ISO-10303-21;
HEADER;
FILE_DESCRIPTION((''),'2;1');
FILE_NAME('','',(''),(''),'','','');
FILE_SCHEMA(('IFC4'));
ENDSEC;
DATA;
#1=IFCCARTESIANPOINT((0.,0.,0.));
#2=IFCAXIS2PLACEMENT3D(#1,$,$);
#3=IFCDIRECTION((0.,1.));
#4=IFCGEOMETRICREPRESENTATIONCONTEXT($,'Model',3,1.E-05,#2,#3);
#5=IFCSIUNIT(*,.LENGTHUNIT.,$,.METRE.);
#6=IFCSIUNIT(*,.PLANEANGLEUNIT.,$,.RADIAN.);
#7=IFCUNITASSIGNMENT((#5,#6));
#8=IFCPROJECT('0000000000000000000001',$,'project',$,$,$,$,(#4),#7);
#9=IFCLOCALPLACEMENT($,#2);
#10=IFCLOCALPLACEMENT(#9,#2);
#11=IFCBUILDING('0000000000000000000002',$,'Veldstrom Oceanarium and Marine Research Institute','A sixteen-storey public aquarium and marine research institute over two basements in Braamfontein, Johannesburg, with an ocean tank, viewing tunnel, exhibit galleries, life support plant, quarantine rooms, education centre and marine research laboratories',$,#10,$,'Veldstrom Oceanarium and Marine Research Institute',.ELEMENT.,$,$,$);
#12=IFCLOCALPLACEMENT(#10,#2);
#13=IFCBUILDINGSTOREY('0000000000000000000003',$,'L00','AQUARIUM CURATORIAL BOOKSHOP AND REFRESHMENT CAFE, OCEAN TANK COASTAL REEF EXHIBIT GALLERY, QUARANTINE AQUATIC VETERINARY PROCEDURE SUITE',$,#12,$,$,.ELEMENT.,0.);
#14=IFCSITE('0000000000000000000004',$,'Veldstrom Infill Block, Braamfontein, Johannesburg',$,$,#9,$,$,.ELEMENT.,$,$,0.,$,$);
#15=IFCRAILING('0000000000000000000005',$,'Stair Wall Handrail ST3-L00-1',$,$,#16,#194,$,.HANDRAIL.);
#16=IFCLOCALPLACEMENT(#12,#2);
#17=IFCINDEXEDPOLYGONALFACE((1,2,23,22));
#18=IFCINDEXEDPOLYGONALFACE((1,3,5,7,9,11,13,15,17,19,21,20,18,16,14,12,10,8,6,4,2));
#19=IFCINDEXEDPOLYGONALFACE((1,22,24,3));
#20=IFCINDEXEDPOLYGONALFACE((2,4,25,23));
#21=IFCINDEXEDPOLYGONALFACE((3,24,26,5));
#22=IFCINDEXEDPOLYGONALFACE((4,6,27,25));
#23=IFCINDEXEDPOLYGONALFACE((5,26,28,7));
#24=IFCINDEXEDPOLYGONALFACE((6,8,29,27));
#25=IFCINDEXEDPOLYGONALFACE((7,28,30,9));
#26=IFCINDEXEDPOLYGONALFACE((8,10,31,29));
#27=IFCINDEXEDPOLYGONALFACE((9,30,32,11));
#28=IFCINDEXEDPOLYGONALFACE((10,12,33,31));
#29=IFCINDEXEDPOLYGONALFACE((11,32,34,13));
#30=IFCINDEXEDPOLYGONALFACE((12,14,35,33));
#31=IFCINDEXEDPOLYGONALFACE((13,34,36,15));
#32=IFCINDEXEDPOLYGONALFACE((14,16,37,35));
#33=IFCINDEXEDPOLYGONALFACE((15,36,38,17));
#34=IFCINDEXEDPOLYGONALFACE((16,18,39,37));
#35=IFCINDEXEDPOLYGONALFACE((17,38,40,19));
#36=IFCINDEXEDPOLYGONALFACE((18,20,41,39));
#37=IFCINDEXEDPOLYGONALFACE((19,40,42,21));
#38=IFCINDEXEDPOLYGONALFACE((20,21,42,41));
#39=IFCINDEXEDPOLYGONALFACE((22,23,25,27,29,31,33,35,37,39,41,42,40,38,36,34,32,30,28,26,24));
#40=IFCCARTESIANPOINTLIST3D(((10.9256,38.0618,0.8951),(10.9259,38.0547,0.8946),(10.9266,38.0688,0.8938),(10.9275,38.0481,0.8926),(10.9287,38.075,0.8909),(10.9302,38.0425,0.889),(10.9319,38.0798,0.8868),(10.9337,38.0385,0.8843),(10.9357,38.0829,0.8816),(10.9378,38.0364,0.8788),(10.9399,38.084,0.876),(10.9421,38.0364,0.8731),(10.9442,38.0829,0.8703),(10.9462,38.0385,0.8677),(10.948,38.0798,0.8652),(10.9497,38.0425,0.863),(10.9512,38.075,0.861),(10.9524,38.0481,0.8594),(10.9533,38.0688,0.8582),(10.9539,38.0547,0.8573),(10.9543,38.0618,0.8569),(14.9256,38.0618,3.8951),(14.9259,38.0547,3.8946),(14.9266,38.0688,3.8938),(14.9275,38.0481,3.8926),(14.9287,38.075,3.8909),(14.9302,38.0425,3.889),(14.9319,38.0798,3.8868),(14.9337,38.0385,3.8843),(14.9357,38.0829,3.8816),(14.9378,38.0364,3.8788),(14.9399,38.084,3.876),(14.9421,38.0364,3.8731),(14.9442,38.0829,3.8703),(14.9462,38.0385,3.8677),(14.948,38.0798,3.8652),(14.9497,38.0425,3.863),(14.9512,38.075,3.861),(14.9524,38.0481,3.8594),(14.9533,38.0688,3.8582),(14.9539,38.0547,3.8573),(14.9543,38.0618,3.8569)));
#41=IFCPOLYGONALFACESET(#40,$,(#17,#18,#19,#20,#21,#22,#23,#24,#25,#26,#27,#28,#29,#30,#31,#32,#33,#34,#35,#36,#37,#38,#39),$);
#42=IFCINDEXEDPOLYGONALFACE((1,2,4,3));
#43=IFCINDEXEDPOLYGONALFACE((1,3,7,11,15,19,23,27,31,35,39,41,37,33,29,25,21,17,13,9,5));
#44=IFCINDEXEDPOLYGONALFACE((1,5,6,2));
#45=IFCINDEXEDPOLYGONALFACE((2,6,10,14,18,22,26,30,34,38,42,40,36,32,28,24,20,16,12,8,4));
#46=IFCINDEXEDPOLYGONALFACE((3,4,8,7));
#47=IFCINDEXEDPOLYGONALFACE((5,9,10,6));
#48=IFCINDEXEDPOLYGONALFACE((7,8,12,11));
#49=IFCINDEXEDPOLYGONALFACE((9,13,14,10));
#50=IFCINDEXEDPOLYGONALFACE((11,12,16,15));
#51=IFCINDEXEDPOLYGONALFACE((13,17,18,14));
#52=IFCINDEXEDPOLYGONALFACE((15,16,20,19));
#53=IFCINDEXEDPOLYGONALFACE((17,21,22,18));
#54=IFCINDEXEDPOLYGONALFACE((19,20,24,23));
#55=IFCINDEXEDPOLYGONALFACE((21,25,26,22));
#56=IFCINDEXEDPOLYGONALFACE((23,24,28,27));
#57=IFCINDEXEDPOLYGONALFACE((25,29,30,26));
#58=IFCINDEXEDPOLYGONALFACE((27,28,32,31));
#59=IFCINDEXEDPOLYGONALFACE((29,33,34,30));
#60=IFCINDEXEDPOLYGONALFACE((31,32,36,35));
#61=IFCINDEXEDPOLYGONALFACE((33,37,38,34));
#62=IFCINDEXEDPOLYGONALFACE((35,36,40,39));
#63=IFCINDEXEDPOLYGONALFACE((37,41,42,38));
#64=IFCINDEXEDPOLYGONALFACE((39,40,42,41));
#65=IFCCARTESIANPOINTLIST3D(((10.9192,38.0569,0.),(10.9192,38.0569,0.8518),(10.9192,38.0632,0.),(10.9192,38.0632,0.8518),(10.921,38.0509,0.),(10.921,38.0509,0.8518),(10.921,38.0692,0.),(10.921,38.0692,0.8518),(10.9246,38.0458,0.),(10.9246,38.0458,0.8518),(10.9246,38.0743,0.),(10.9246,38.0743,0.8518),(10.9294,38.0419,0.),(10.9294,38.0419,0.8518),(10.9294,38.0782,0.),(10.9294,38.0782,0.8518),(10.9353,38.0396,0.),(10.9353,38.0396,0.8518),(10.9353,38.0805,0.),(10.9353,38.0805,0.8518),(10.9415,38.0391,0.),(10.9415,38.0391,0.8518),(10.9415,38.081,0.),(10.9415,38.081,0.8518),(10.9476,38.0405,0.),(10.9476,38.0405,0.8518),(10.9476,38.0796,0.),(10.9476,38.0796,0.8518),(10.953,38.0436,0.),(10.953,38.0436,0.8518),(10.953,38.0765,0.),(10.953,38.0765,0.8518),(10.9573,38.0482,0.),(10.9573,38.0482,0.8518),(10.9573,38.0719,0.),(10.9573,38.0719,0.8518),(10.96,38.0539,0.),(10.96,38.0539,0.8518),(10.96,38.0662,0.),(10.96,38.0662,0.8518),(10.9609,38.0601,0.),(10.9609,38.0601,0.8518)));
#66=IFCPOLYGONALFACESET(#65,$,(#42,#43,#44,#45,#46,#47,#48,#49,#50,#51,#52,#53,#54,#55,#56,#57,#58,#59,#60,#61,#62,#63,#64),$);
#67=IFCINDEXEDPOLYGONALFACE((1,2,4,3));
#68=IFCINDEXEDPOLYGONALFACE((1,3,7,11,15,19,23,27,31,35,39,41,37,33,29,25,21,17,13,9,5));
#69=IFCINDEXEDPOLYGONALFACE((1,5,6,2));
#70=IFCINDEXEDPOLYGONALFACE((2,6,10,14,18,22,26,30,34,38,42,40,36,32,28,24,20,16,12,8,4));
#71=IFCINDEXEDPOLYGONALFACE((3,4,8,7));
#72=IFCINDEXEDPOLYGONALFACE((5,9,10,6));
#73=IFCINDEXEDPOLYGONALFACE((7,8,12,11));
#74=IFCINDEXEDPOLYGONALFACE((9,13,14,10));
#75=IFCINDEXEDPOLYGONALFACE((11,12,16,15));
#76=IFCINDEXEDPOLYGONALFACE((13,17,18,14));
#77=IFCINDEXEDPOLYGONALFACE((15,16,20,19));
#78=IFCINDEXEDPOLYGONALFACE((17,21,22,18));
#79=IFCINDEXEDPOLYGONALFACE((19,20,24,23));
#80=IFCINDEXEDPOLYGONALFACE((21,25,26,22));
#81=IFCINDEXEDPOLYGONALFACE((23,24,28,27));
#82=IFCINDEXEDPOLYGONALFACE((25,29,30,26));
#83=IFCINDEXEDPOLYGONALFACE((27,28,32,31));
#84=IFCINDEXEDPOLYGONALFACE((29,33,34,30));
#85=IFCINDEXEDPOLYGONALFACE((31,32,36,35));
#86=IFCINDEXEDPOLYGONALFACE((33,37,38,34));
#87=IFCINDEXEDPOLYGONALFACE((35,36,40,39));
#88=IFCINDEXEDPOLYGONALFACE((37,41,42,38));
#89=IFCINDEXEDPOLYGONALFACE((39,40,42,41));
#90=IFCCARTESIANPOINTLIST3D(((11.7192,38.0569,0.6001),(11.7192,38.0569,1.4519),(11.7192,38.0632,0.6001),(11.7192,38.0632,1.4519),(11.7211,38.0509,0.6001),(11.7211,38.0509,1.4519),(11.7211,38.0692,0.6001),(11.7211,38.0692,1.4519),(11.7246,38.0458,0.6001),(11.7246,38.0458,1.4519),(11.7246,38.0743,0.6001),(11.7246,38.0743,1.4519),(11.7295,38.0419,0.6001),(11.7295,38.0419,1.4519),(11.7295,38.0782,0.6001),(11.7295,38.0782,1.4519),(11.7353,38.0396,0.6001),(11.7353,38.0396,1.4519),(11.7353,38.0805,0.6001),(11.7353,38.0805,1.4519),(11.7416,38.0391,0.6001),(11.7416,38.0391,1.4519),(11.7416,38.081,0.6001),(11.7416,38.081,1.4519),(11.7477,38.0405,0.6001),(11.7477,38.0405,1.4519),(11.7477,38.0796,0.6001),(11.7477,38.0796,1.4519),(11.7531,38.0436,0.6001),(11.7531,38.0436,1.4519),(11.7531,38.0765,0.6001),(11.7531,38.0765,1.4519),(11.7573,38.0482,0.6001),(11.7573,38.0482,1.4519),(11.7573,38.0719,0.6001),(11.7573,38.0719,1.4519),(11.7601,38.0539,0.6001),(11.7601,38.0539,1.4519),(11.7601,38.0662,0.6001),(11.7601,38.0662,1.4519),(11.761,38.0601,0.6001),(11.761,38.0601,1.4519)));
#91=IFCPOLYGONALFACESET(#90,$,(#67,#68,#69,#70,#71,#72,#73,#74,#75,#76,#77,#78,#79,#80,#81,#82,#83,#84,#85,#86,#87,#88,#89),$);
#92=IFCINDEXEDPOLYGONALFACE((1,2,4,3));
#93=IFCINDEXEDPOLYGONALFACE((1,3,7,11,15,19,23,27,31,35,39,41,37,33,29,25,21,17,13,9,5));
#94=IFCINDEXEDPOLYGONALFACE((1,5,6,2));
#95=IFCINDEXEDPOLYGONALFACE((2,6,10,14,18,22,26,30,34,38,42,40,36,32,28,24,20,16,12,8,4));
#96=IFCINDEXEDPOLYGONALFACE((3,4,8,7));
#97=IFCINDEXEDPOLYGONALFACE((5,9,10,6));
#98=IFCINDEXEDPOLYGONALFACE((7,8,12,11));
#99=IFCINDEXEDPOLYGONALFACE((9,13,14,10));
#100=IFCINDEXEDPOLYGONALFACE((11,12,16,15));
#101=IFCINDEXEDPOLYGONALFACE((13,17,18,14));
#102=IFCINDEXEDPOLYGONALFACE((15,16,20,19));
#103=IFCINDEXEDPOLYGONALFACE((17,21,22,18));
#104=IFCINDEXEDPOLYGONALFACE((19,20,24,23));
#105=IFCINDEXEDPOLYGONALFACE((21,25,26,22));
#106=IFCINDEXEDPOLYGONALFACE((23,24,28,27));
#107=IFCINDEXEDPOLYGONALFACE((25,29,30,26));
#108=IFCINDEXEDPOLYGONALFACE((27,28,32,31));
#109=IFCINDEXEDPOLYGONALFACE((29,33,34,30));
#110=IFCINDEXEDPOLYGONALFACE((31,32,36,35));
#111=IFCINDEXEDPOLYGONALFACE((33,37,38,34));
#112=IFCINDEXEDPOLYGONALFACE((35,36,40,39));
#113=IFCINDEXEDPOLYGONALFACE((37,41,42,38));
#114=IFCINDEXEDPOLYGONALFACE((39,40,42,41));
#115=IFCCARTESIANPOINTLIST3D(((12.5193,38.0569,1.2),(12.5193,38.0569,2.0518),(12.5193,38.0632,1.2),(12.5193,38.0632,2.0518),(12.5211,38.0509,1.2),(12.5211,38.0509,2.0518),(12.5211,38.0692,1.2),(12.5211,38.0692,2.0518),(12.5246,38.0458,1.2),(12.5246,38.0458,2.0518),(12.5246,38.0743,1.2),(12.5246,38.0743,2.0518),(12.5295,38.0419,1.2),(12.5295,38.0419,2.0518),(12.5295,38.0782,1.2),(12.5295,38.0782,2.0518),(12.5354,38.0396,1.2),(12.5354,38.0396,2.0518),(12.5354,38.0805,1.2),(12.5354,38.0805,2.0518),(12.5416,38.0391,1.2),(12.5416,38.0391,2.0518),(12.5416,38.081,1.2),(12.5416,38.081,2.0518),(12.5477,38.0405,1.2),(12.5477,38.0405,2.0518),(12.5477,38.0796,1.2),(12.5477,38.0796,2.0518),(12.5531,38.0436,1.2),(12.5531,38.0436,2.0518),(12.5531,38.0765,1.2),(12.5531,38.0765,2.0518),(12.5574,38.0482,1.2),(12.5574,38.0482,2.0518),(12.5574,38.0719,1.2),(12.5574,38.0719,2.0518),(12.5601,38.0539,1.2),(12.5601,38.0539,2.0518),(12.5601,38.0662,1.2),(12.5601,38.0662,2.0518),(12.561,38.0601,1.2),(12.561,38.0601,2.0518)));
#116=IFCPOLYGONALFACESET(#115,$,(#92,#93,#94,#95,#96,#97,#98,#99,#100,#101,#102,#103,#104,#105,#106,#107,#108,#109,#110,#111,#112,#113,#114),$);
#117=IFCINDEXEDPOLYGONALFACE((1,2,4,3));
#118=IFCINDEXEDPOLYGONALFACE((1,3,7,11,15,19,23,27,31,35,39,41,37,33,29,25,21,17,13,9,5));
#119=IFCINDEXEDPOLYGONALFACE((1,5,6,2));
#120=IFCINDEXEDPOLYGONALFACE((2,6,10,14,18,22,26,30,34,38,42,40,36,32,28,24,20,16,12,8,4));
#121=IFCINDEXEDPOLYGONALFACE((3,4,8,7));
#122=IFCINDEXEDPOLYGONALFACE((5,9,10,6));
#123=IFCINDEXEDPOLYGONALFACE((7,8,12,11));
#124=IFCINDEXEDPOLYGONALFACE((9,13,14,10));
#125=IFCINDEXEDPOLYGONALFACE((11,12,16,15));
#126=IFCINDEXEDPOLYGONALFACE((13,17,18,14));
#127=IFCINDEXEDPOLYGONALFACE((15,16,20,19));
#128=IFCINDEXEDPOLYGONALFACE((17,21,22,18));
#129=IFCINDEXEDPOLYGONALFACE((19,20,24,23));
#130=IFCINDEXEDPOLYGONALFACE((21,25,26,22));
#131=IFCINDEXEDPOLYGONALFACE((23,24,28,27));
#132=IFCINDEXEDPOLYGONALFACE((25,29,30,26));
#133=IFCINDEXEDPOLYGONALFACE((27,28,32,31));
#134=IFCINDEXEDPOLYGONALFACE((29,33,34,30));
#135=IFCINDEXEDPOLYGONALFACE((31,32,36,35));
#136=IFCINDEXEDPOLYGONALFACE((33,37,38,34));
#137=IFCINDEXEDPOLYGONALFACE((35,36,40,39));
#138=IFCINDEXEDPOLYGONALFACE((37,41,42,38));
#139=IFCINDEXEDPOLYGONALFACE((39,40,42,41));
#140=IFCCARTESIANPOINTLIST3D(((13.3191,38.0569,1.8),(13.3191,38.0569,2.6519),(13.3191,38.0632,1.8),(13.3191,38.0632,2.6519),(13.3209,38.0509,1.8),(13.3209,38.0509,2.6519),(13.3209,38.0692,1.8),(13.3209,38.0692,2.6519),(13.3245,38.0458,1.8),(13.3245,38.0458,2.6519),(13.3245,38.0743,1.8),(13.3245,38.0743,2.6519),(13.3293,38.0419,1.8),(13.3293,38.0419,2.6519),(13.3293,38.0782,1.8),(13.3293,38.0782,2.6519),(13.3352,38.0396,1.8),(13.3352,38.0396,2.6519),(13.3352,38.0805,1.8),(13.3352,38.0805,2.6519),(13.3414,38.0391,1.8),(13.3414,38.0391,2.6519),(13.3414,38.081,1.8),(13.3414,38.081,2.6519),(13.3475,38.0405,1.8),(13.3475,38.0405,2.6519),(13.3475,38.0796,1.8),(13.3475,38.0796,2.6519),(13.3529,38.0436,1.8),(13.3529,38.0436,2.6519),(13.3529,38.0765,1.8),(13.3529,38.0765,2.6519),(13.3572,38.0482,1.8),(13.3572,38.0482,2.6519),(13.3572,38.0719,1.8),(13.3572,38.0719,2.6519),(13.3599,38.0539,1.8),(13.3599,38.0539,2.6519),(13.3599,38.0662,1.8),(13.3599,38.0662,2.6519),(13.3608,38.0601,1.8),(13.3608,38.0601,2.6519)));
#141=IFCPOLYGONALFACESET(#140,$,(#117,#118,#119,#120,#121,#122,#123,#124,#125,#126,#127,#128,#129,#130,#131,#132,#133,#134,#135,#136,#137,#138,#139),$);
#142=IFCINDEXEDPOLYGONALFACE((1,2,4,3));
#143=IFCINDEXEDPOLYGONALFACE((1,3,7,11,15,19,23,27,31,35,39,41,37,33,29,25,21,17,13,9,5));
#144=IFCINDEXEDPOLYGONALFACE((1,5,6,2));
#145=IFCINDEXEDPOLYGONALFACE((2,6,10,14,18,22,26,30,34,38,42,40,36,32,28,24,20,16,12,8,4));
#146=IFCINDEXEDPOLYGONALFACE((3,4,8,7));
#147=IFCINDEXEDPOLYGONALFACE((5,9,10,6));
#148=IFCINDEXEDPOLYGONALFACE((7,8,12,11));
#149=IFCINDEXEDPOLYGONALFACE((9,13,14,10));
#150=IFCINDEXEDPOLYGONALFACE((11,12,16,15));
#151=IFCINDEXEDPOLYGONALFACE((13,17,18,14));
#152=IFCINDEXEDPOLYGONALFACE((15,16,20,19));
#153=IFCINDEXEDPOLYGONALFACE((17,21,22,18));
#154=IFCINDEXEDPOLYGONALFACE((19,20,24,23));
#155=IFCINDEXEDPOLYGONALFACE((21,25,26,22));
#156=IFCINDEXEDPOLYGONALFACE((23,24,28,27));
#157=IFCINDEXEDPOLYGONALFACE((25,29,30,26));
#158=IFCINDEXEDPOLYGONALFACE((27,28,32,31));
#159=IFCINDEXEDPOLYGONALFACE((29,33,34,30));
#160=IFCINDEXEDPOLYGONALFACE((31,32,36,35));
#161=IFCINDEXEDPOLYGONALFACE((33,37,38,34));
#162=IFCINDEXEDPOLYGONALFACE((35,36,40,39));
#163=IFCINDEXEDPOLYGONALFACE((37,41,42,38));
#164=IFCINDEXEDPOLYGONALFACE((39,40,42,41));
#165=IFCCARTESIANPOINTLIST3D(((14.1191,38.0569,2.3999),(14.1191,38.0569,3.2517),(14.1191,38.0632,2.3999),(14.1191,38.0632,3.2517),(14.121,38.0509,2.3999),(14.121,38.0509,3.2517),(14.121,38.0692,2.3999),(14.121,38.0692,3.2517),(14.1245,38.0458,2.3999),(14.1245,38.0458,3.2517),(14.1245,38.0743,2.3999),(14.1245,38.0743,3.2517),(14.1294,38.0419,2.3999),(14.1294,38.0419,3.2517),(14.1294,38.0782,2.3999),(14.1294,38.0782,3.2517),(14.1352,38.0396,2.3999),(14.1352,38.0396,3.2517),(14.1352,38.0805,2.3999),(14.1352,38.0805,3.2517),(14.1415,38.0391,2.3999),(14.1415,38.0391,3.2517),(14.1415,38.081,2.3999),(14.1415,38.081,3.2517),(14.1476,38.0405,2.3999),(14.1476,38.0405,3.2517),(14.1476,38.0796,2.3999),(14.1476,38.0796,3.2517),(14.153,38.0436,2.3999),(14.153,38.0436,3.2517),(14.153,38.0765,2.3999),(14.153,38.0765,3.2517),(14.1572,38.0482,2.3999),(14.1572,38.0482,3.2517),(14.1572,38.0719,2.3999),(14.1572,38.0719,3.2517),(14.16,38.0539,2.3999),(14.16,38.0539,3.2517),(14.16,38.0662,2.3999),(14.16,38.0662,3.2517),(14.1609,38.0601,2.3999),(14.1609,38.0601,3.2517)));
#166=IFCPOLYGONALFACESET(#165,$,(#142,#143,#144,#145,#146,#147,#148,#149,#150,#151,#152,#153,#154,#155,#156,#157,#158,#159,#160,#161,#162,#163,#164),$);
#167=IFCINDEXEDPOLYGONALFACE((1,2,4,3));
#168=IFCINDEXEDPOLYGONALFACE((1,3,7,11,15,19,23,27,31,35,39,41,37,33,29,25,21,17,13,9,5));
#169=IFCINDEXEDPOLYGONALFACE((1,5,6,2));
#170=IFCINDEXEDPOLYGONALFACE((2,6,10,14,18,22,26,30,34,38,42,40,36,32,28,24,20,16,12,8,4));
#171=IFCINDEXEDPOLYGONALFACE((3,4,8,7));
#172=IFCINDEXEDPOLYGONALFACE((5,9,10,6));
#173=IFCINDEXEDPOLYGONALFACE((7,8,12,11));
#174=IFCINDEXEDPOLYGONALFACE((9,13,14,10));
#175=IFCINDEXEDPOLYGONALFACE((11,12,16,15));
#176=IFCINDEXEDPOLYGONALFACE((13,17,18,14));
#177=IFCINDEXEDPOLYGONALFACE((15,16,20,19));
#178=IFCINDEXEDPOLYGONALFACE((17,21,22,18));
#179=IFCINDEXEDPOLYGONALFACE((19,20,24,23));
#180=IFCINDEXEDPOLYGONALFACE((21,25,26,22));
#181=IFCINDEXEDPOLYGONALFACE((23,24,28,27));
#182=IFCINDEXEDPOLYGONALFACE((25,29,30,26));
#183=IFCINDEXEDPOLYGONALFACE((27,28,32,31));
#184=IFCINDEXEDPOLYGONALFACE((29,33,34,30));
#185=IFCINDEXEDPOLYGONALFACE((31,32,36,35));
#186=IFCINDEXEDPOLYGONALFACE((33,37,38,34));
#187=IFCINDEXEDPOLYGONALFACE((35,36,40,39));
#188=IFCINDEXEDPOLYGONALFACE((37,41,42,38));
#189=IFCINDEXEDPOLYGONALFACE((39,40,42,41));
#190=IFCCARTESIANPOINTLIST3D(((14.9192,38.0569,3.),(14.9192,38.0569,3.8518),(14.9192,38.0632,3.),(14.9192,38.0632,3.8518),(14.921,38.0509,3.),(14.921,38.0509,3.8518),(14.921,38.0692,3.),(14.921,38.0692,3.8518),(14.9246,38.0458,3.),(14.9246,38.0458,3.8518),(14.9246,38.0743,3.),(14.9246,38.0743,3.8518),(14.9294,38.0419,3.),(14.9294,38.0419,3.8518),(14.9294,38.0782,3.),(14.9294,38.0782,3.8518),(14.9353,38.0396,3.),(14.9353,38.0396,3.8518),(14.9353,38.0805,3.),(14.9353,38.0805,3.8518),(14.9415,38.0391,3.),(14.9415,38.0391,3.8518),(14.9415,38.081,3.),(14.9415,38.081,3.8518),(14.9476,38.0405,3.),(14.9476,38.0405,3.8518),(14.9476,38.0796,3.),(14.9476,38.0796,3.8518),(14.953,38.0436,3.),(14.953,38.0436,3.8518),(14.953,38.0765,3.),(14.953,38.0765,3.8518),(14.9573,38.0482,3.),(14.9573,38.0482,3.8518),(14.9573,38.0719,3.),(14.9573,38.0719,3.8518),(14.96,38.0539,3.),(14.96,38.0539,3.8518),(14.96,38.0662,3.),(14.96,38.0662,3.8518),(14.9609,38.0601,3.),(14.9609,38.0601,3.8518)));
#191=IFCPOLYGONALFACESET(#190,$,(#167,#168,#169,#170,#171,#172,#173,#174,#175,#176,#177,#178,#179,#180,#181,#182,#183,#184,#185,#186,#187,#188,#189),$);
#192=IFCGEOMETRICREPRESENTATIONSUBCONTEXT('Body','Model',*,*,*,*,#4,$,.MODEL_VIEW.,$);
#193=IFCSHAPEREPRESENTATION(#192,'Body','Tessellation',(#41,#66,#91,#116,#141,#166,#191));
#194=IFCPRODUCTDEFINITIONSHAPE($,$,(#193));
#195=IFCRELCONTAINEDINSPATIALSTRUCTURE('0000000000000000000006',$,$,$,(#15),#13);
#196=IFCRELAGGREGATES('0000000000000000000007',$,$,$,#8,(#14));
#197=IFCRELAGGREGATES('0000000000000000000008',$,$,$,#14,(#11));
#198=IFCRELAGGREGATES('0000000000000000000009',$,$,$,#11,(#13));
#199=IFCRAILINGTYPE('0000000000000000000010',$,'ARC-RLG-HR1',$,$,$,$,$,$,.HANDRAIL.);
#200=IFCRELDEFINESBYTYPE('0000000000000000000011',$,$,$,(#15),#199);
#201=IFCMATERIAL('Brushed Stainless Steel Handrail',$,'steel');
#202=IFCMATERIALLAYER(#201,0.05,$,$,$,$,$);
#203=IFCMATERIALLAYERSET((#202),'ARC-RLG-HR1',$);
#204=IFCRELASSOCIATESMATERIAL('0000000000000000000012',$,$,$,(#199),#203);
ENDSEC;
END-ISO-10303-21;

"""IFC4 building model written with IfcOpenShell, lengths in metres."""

from ifc_helpers import new_model, si_unit, direction, frame, origin, origin_2d, place, context, subcontext, project, spatial, circle, extrude, material, layer, layer_set, type_object, element, save


model = new_model("IFC4")

# Units and contexts
model_context = context("Model", 3, precision=1e-05, world=origin(), true_north=direction((0.0, 1.0)))
body_context = subcontext(model_context, "Body", "Model", "MODEL_VIEW")
ifc_project = project(units=[si_unit("LENGTHUNIT", "METRE"), si_unit("PLANEANGLEUNIT", "RADIAN")], contexts=[model_context])

# Site, building, storey
site_placement = place(None, origin())
site = spatial("IfcSite", under=ifc_project, at=site_placement, Name="Veldstrom Infill Block, Braamfontein, Johannesburg", CompositionType="ELEMENT", RefElevation=0.0)
building_placement = place(site_placement, origin())
building = spatial("IfcBuilding", under=site, at=building_placement, Name="Veldstrom Oceanarium and Marine Research Institute", Description="A sixteen-storey public aquarium and marine research institute over two basements in Braamfontein, Johannesburg, with an ocean tank, viewing tunnel, exhibit galleries, life support plant, quarantine rooms, education centre and marine research laboratories", LongName="Veldstrom Oceanarium and Marine Research Institute", CompositionType="ELEMENT")
storey_placement = place(building_placement, origin())
storey = spatial("IfcBuildingStorey", under=building, at=storey_placement, Name="L00", Description="AQUARIUM CURATORIAL BOOKSHOP AND REFRESHMENT CAFE, OCEAN TANK COASTAL REEF EXHIBIT GALLERY, QUARANTINE AQUATIC VETERINARY PROCEDURE SUITE", CompositionType="ELEMENT", Elevation=0.0)

# Railing
ifc_material_1 = material(Name="Brushed Stainless Steel Handrail", Category="steel")
ifc_layer_1 = layer(ifc_material_1, 0.05)
ifc_layer_set_1 = layer_set([ifc_layer_1], Name="ARC-RLG-HR1")
railing_type_1 = type_object("IfcRailingType", Name="ARC-RLG-HR1", PredefinedType="HANDRAIL", material=ifc_layer_set_1)
railing_1_placement = place(storey_placement, frame((10.9399, 38.0601, 0.0)))
element("IfcRailing", 1, at=railing_1_placement, inside=storey, type_object=railing_type_1, Name="Stair Wall Handrail ST3-L00-1", PredefinedType="HANDRAIL", context=body_context, shape_type="SweptSolid", body=[
    extrude(circle(Radius=0.0239, at=origin_2d()), frame((0.0, 0.0, 0.876), z_axis=(0.8, 0.0, 0.6), x_axis=(0.0, 1.0, 0.0)), (0.0, 0.0, 1.0), 5.0),
    extrude(circle(Radius=0.021, at=origin_2d()), origin(), (0.0, 0.0, 1.0), 0.8518),
    extrude(circle(Radius=0.021, at=origin_2d()), frame((0.8, 0.0, 0.6001)), (0.0, 0.0, 1.0), 0.8518),
    extrude(circle(Radius=0.021, at=origin_2d()), frame((1.6001, 0.0, 1.2)), (0.0, 0.0, 1.0), 0.8518),
    extrude(circle(Radius=0.021, at=origin_2d()), frame((2.3999, 0.0, 1.8)), (0.0, 0.0, 1.0), 0.8518),
    extrude(circle(Radius=0.021, at=origin_2d()), frame((3.2, 0.0, 2.3999)), (0.0, 0.0, 1.0), 0.8518),
    extrude(circle(Radius=0.021, at=origin_2d()), frame((4.0, 0.0, 3.0)), (0.0, 0.0, 1.0), 0.8518),
])

save(model, "model.ifc")
